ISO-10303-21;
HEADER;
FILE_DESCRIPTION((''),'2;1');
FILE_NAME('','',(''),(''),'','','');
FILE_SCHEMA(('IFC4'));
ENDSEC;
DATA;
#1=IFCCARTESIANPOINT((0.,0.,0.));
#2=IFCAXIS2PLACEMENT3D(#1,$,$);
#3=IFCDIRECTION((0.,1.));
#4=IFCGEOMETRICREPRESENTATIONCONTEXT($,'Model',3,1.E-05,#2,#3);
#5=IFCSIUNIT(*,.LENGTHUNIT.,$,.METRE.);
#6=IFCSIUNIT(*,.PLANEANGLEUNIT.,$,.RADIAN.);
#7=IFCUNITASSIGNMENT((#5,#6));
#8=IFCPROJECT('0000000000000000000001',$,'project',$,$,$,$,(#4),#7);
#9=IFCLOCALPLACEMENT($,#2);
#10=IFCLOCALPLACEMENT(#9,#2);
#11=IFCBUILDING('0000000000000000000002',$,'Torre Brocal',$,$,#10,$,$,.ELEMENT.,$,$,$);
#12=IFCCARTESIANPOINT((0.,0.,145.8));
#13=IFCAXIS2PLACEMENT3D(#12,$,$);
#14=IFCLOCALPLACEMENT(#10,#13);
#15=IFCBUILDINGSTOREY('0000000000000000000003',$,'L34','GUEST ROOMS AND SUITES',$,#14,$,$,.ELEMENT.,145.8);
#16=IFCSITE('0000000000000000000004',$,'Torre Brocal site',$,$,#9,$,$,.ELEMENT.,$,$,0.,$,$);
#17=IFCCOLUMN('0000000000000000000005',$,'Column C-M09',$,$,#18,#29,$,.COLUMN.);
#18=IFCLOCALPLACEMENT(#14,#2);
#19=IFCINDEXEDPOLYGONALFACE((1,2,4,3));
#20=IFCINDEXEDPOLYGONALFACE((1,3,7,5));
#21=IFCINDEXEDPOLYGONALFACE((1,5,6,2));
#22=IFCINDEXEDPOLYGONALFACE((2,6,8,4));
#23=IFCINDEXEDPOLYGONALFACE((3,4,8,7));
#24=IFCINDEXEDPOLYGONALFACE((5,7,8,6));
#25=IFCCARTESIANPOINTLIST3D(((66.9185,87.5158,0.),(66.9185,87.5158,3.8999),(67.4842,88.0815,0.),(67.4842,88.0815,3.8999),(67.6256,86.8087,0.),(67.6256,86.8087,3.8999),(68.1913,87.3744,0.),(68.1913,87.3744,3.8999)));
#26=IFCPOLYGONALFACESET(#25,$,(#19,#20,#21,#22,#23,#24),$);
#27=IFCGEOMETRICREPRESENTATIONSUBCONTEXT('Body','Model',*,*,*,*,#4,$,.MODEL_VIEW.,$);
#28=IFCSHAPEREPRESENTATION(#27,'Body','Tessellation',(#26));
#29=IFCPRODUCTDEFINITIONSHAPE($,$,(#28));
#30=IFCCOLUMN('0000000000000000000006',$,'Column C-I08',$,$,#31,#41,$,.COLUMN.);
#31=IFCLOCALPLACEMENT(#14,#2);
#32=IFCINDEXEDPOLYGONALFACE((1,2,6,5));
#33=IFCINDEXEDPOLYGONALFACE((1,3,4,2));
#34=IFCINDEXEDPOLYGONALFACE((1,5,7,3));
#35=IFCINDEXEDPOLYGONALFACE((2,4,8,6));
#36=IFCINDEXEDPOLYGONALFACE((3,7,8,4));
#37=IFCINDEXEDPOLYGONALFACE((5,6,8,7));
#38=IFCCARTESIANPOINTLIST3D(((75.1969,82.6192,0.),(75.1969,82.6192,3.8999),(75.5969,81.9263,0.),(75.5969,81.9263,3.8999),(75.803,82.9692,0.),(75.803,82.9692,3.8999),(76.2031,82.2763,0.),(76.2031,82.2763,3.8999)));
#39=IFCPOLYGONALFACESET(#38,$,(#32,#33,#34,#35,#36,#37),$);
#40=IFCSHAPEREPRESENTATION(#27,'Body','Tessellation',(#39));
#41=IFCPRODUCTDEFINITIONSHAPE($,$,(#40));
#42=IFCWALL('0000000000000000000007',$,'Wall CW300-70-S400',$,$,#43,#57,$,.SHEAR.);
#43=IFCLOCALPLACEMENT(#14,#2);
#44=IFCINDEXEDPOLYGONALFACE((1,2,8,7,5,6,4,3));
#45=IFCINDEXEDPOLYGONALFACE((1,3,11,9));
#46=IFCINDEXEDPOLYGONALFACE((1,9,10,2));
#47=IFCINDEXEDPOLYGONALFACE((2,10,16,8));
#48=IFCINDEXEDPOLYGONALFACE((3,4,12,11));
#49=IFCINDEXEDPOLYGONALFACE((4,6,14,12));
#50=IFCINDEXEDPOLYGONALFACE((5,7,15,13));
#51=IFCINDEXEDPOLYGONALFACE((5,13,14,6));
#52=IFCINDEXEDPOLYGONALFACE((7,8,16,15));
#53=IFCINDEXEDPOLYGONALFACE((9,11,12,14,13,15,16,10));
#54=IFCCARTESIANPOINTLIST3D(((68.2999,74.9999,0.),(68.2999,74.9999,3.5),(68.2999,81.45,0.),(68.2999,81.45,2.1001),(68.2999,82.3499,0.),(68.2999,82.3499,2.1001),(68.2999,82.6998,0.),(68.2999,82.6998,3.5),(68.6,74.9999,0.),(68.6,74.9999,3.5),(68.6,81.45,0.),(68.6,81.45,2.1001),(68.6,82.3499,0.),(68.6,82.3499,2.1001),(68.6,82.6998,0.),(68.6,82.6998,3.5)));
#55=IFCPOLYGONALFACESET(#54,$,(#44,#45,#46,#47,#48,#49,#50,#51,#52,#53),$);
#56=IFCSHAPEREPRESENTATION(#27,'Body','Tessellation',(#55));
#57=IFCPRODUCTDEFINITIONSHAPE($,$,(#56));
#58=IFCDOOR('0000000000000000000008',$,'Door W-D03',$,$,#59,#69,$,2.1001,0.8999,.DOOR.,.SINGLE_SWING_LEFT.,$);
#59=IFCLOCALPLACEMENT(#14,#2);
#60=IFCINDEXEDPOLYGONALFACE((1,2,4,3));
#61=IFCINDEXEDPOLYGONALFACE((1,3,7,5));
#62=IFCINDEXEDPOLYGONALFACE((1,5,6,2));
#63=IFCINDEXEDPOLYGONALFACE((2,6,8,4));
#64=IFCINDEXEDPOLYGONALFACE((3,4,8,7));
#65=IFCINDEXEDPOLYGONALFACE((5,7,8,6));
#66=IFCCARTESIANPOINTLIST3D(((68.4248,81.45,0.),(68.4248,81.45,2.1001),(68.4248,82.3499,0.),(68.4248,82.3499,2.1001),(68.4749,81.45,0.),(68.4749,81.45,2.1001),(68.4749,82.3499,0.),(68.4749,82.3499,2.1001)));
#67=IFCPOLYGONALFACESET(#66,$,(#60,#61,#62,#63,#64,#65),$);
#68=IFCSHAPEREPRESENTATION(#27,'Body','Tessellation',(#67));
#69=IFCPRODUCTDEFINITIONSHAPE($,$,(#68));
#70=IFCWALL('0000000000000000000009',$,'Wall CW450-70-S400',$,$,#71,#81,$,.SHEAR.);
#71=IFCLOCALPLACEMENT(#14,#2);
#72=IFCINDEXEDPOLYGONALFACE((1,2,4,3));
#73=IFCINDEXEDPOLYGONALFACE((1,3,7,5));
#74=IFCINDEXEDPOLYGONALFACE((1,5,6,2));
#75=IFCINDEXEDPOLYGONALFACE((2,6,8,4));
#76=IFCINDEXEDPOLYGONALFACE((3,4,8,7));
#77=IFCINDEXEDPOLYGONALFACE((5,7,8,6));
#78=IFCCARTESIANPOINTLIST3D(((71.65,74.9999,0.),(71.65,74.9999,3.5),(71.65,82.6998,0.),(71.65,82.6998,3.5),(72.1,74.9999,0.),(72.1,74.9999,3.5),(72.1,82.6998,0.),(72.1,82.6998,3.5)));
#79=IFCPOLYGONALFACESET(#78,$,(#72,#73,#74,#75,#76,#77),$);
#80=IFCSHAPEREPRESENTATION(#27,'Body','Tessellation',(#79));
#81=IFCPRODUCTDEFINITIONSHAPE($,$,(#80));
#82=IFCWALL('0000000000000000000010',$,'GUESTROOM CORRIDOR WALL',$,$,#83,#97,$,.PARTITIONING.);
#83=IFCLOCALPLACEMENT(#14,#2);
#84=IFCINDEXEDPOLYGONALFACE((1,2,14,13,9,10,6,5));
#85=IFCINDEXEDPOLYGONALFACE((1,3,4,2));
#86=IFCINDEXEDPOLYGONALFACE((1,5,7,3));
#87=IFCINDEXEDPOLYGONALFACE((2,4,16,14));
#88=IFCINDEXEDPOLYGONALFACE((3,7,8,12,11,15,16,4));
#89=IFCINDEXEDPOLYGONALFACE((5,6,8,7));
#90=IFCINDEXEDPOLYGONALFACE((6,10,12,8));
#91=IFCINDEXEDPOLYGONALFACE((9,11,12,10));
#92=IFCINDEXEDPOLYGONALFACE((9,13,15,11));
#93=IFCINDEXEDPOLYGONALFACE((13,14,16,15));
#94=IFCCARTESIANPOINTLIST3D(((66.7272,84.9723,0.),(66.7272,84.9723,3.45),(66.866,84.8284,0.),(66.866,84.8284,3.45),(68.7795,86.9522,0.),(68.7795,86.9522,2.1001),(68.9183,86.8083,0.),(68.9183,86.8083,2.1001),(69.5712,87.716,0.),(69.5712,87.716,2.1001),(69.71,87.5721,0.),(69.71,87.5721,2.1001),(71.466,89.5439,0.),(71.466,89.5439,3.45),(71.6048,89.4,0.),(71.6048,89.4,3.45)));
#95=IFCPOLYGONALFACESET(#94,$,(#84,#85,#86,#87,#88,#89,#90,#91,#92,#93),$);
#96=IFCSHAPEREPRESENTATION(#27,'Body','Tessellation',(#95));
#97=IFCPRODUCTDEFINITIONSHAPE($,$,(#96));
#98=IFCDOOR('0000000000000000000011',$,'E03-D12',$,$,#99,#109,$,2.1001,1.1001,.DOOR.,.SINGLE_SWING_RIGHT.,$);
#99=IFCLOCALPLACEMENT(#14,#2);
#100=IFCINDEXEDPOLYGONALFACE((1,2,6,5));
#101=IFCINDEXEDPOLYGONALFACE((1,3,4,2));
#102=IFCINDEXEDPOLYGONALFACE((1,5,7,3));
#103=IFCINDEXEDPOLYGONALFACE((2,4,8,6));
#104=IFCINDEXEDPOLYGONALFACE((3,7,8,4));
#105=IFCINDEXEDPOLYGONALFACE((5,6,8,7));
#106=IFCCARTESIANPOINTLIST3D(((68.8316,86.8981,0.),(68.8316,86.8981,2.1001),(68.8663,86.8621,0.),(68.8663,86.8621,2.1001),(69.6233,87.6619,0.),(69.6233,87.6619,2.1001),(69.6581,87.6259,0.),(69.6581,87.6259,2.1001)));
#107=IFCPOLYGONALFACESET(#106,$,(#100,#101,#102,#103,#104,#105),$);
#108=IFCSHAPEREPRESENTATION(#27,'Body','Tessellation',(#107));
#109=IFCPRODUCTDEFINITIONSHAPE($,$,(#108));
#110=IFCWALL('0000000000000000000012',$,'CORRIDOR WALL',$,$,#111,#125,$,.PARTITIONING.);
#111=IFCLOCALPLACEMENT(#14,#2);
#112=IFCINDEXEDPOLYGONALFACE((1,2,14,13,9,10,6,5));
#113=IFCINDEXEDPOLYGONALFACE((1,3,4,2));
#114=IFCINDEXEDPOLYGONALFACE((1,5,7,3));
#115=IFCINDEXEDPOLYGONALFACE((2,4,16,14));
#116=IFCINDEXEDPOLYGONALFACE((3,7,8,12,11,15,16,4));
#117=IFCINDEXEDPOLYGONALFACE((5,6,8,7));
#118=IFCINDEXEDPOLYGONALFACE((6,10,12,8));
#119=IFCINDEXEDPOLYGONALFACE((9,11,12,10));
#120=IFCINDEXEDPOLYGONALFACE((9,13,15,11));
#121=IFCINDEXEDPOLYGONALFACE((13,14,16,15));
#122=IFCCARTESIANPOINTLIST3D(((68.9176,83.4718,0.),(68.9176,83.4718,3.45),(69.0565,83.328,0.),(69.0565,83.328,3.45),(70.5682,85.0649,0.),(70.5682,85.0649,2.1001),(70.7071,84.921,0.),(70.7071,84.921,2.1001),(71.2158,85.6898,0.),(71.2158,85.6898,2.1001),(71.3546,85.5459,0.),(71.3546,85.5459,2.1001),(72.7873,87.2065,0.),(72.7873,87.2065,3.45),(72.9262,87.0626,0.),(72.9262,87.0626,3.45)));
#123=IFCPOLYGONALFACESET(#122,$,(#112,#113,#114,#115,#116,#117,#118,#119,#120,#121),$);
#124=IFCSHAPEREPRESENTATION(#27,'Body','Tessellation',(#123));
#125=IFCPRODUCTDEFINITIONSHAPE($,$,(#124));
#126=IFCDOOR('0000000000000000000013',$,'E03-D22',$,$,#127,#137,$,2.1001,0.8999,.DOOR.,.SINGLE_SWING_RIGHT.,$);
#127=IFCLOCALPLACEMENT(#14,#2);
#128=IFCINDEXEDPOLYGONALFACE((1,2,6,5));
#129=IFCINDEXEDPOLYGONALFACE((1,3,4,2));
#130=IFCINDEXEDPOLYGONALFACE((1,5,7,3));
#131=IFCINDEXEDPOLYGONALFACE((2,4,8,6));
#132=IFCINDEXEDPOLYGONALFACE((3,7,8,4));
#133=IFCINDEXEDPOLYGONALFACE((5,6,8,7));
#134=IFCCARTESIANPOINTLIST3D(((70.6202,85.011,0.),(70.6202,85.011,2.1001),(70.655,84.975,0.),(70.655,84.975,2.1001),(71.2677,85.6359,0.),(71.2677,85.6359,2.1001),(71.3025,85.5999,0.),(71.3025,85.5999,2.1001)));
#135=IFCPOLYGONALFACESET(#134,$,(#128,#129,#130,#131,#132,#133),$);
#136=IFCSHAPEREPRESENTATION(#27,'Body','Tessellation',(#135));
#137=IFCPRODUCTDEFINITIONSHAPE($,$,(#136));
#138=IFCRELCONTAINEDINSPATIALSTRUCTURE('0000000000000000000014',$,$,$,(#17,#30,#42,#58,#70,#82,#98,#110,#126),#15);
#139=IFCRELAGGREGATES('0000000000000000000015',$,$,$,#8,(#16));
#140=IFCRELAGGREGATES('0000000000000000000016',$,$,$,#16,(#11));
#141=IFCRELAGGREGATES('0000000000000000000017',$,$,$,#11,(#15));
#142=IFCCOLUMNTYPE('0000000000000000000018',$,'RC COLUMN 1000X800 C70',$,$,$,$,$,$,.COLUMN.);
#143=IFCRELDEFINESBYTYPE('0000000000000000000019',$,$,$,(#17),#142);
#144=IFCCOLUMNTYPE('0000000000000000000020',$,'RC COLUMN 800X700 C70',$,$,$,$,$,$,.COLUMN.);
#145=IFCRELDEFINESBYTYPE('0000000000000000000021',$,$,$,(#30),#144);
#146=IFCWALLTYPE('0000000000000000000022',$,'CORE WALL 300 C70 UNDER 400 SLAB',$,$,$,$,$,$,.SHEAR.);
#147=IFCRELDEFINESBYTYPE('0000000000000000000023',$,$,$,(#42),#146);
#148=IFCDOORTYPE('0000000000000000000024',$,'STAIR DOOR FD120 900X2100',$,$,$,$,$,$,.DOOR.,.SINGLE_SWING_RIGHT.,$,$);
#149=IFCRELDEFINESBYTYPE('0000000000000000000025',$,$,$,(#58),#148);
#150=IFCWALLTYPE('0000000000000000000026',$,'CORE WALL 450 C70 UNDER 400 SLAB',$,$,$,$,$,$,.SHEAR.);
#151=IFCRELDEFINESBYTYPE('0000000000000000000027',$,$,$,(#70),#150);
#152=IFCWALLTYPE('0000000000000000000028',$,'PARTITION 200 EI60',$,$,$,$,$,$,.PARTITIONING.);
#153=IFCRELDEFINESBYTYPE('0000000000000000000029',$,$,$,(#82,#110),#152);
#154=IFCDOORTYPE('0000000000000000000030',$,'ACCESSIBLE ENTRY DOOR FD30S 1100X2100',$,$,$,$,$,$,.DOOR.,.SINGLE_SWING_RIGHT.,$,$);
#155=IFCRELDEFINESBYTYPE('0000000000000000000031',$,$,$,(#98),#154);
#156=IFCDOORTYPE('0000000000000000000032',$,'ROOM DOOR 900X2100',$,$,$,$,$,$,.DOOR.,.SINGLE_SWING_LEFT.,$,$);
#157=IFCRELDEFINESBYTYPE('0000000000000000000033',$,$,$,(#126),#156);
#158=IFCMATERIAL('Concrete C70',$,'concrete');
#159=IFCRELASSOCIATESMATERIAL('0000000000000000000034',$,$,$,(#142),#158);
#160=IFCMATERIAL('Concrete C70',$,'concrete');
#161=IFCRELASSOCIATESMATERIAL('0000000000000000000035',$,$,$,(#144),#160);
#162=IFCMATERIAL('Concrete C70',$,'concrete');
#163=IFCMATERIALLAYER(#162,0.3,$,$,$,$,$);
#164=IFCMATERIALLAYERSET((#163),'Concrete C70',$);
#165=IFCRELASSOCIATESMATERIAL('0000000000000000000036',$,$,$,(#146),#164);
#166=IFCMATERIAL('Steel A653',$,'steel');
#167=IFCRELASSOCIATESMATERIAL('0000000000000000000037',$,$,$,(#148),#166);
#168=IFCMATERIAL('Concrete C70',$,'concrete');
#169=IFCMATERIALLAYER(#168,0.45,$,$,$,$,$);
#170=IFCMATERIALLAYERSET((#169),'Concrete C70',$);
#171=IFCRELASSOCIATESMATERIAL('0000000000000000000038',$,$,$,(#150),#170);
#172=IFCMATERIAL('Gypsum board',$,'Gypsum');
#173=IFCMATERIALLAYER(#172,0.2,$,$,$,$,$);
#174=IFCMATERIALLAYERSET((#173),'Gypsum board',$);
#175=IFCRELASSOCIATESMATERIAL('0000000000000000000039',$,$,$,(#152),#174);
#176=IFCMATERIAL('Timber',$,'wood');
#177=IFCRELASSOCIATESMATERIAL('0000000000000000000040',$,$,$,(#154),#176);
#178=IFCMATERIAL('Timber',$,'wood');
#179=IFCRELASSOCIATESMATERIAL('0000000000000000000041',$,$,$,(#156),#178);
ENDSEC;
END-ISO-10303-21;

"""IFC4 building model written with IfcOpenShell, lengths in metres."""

from ifc_helpers import new_model, si_unit, direction, frame, frame_2d, origin, origin_2d, place, context, subcontext, project, spatial, rectangle, extrude, material, layer, layer_set, material_profile, profile_set, type_object, element, fill, save


model = new_model("IFC4")

# Units and contexts
model_context = context("Model", 3, precision=1e-05, world=origin(), true_north=direction((0.0, 1.0)))
body_context = subcontext(model_context, "Body", "Model", "MODEL_VIEW")
ifc_project = project(units=[si_unit("LENGTHUNIT", "METRE"), si_unit("PLANEANGLEUNIT", "RADIAN")], contexts=[model_context])

# Site, building, storey
site_placement = place(None, origin())
site = spatial("IfcSite", under=ifc_project, at=site_placement, Name="Torre Brocal site", CompositionType="ELEMENT", RefElevation=0.0)
building_placement = place(site_placement, origin())
building = spatial("IfcBuilding", under=site, at=building_placement, Name="Torre Brocal", CompositionType="ELEMENT")
storey_placement = place(building_placement, frame((0.0, 0.0, 145.8)))
storey = spatial("IfcBuildingStorey", under=building, at=storey_placement, Name="L34", Description="GUEST ROOMS AND SUITES", CompositionType="ELEMENT", Elevation=145.8)

# Columns
ifc_material_1 = material(Name="Concrete C70", Category="concrete")
ifc_material_profile_1 = material_profile(ifc_material_1, rectangle(XDim=1.0, YDim=0.8, at=origin_2d()), Name="RC 1000X800")
ifc_profile_set_1 = profile_set([ifc_material_profile_1], Name="Concrete C70")
column_type_1 = type_object("IfcColumnType", Name="RC COLUMN 1000X800 C70", PredefinedType="COLUMN", material=ifc_profile_set_1)
column_1_placement = place(storey_placement, frame((67.5549, 87.4451, 0.0), z_axis=(0.0, 0.0, 1.0), x_axis=(-0.707107, 0.707107, 0.0)))
element("IfcColumn", 1, at=column_1_placement, inside=storey, type_object=column_type_1, Name="Column C-M09", PredefinedType="COLUMN", context=body_context, shape_type="SweptSolid", body=[
    extrude(rectangle(XDim=1.0, YDim=0.8, at=origin_2d()), origin(), (0.0, 0.0, 1.0), 3.8999),
])
ifc_material_2 = material(Name="Concrete C70", Category="concrete")
ifc_material_profile_2 = material_profile(ifc_material_2, rectangle(XDim=0.8, YDim=0.7, at=origin_2d()), Name="RC 800X700")
ifc_profile_set_2 = profile_set([ifc_material_profile_2], Name="Concrete C70")
column_type_2 = type_object("IfcColumnType", Name="RC COLUMN 800X700 C70", PredefinedType="COLUMN", material=ifc_profile_set_2)
column_2_placement = place(storey_placement, frame((75.7, 82.4478, 0.0), z_axis=(0.0, 0.0, 1.0), x_axis=(-0.5, 0.866025, 0.0)))
element("IfcColumn", 2, at=column_2_placement, inside=storey, type_object=column_type_2, Name="Column C-I08", PredefinedType="COLUMN", context=body_context, shape_type="SweptSolid", body=[
    extrude(rectangle(XDim=0.8, YDim=0.7, at=origin_2d()), origin(), (0.0, 0.0, 1.0), 3.8999),
])

# Wall, opening, door
ifc_material_3 = material(Name="Concrete C70", Category="concrete")
ifc_layer_1 = layer(ifc_material_3, 0.3)
ifc_layer_set_1 = layer_set([ifc_layer_1], Name="Concrete C70")
wall_type_1 = type_object("IfcWallType", Name="CORE WALL 300 C70 UNDER 400 SLAB", PredefinedType="SHEAR", material=ifc_layer_set_1)
wall_1_placement = place(storey_placement, frame((68.45, 82.7, 0.0), z_axis=(0.0, 0.0, 1.0), x_axis=(0.0, -1.0, 0.0)))
wall_1 = element("IfcWall", 3, at=wall_1_placement, inside=storey, type_object=wall_type_1, Name="Wall CW300-70-S400", PredefinedType="SHEAR", context=body_context, shape_type="SweptSolid", body=[
    extrude(rectangle(XDim=7.7, YDim=0.3, at=frame_2d((3.8501, 0.0))), origin(), (0.0, 0.0, 1.0), 3.5),
])
opening_1_placement = place(wall_1_placement, frame((0.3501, 0.0, 0.0)))
opening_1 = element("IfcOpeningElement", 4, at=opening_1_placement, cuts=wall_1, PredefinedType="OPENING", context=body_context, shape_type="SweptSolid", body=[
    extrude(rectangle(XDim=0.8999, YDim=2.1001, at=frame_2d((0.45, 1.05))), frame((0.0, 0.1599, 0.0), z_axis=(0.0, -1.0, 0.0), x_axis=(1.0, 0.0, 0.0)), (0.0, 0.0, 1.0), 0.3201),
])
ifc_material_4 = material(Name="Steel A653", Category="steel")
door_type_1 = type_object("IfcDoorType", Name="STAIR DOOR FD120 900X2100", OperationType="SINGLE_SWING_RIGHT", PredefinedType="DOOR", material=ifc_material_4)
door_1_placement = place(opening_1_placement, origin())
door_1 = element("IfcDoor", 5, at=door_1_placement, inside=storey, type_object=door_type_1, Name="Door W-D03", OperationType="SINGLE_SWING_LEFT", OverallHeight=2.1001, OverallWidth=0.8999, PredefinedType="DOOR", context=body_context, shape_type="SweptSolid", body=[
    extrude(rectangle(XDim=0.8999, YDim=2.1001, at=frame_2d((0.45, 1.05))), frame((0.0, 0.0249, 0.0), z_axis=(0.0, -1.0, 0.0), x_axis=(1.0, 0.0, 0.0)), (0.0, 0.0, 1.0), 0.05),
])
fill(opening_1, door_1)

# Wall
ifc_material_5 = material(Name="Concrete C70", Category="concrete")
ifc_layer_2 = layer(ifc_material_5, 0.45)
ifc_layer_set_2 = layer_set([ifc_layer_2], Name="Concrete C70")
wall_type_2 = type_object("IfcWallType", Name="CORE WALL 450 C70 UNDER 400 SLAB", PredefinedType="SHEAR", material=ifc_layer_set_2)
wall_2_placement = place(storey_placement, frame((71.875, 82.7, 0.0), z_axis=(0.0, 0.0, 1.0), x_axis=(0.0, -1.0, 0.0)))
element("IfcWall", 6, at=wall_2_placement, inside=storey, type_object=wall_type_2, Name="Wall CW450-70-S400", PredefinedType="SHEAR", context=body_context, shape_type="SweptSolid", body=[
    extrude(rectangle(XDim=7.7, YDim=0.45, at=frame_2d((3.8501, 0.0))), origin(), (0.0, 0.0, 1.0), 3.5),
])

# Walls, openings, doors
ifc_material_6 = material(Name="Gypsum board", Category="Gypsum")
ifc_layer_3 = layer(ifc_material_6, 0.2)
ifc_layer_set_3 = layer_set([ifc_layer_3], Name="Gypsum board")
wall_type_3 = type_object("IfcWallType", Name="PARTITION 200 EI60", PredefinedType="PARTITIONING", material=ifc_layer_set_3)
wall_3_placement = place(storey_placement, frame((66.7966, 84.9004, 0.0), z_axis=(0.0, 0.0, 1.0), x_axis=(0.719692, 0.694293, 0.0)))
wall_3 = element("IfcWall", 7, at=wall_3_placement, inside=storey, type_object=wall_type_3, Name="GUESTROOM CORRIDOR WALL", PredefinedType="PARTITIONING", context=body_context, shape_type="SweptSolid", body=[
    extrude(rectangle(XDim=6.5845, YDim=0.2, at=frame_2d((3.2922, 0.0))), origin(), (0.0, 0.0, 1.0), 3.45),
])
opening_2_placement = place(wall_3_placement, frame((2.8516, 0.0, 0.0)))
opening_2 = element("IfcOpeningElement", 8, at=opening_2_placement, cuts=wall_3, PredefinedType="OPENING", context=body_context, shape_type="SweptSolid", body=[
    extrude(rectangle(XDim=1.1001, YDim=2.1001, at=frame_2d((0.55, 1.05))), frame((0.0, 0.1099, 0.0), z_axis=(0.0, -1.0, 0.0), x_axis=(1.0, 0.0, 0.0)), (0.0, 0.0, 1.0), 0.22),
])
ifc_material_7 = material(Name="Timber", Category="wood")
door_type_2 = type_object("IfcDoorType", Name="ACCESSIBLE ENTRY DOOR FD30S 1100X2100", OperationType="SINGLE_SWING_RIGHT", PredefinedType="DOOR", material=ifc_material_7)
door_2_placement = place(opening_2_placement, origin())
door_2 = element("IfcDoor", 9, at=door_2_placement, inside=storey, type_object=door_type_2, Name="E03-D12", OperationType="SINGLE_SWING_RIGHT", OverallHeight=2.1001, OverallWidth=1.1001, PredefinedType="DOOR", context=body_context, shape_type="SweptSolid", body=[
    extrude(rectangle(XDim=1.1001, YDim=2.1001, at=frame_2d((0.55, 1.05))), frame((0.0, 0.0249, 0.0), z_axis=(0.0, -1.0, 0.0), x_axis=(1.0, 0.0, 0.0)), (0.0, 0.0, 1.0), 0.05),
])
fill(opening_2, door_2)
wall_4_placement = place(storey_placement, frame((68.9871, 83.3999, 0.0), z_axis=(0.0, 0.0, 1.0), x_axis=(0.719548, 0.694443, 0.0)))
wall_4 = element("IfcWall", 10, at=wall_4_placement, inside=storey, type_object=wall_type_3, Name="CORRIDOR WALL", PredefinedType="PARTITIONING", context=body_context, shape_type="SweptSolid", body=[
    extrude(rectangle(XDim=5.3779, YDim=0.2, at=frame_2d((2.689, 0.0))), origin(), (0.0, 0.0, 1.0), 3.45),
])
opening_3_placement = place(wall_4_placement, frame((2.2939, 0.0, 0.0)))
opening_3 = element("IfcOpeningElement", 11, at=opening_3_placement, cuts=wall_4, PredefinedType="OPENING", context=body_context, shape_type="SweptSolid", body=[
    extrude(rectangle(XDim=0.8999, YDim=2.1001, at=frame_2d((0.45, 1.05))), frame((0.0, 0.1099, 0.0), z_axis=(0.0, -1.0, 0.0), x_axis=(1.0, 0.0, 0.0)), (0.0, 0.0, 1.0), 0.22),
])
ifc_material_8 = material(Name="Timber", Category="wood")
door_type_3 = type_object("IfcDoorType", Name="ROOM DOOR 900X2100", OperationType="SINGLE_SWING_LEFT", PredefinedType="DOOR", material=ifc_material_8)
door_3_placement = place(opening_3_placement, frame((0.8999, 0.0, 0.0), z_axis=(0.0, 0.0, 1.0), x_axis=(-1.0, 0.0, 0.0)))
door_3 = element("IfcDoor", 12, at=door_3_placement, inside=storey, type_object=door_type_3, Name="E03-D22", OperationType="SINGLE_SWING_RIGHT", OverallHeight=2.1001, OverallWidth=0.8999, PredefinedType="DOOR", context=body_context, shape_type="SweptSolid", body=[
    extrude(rectangle(XDim=0.8999, YDim=2.1001, at=frame_2d((0.45, 1.05))), frame((0.0, 0.0249, 0.0), z_axis=(0.0, -1.0, 0.0), x_axis=(1.0, 0.0, 0.0)), (0.0, 0.0, 1.0), 0.05),
])
fill(opening_3, door_3)

save(model, "model.ifc")
